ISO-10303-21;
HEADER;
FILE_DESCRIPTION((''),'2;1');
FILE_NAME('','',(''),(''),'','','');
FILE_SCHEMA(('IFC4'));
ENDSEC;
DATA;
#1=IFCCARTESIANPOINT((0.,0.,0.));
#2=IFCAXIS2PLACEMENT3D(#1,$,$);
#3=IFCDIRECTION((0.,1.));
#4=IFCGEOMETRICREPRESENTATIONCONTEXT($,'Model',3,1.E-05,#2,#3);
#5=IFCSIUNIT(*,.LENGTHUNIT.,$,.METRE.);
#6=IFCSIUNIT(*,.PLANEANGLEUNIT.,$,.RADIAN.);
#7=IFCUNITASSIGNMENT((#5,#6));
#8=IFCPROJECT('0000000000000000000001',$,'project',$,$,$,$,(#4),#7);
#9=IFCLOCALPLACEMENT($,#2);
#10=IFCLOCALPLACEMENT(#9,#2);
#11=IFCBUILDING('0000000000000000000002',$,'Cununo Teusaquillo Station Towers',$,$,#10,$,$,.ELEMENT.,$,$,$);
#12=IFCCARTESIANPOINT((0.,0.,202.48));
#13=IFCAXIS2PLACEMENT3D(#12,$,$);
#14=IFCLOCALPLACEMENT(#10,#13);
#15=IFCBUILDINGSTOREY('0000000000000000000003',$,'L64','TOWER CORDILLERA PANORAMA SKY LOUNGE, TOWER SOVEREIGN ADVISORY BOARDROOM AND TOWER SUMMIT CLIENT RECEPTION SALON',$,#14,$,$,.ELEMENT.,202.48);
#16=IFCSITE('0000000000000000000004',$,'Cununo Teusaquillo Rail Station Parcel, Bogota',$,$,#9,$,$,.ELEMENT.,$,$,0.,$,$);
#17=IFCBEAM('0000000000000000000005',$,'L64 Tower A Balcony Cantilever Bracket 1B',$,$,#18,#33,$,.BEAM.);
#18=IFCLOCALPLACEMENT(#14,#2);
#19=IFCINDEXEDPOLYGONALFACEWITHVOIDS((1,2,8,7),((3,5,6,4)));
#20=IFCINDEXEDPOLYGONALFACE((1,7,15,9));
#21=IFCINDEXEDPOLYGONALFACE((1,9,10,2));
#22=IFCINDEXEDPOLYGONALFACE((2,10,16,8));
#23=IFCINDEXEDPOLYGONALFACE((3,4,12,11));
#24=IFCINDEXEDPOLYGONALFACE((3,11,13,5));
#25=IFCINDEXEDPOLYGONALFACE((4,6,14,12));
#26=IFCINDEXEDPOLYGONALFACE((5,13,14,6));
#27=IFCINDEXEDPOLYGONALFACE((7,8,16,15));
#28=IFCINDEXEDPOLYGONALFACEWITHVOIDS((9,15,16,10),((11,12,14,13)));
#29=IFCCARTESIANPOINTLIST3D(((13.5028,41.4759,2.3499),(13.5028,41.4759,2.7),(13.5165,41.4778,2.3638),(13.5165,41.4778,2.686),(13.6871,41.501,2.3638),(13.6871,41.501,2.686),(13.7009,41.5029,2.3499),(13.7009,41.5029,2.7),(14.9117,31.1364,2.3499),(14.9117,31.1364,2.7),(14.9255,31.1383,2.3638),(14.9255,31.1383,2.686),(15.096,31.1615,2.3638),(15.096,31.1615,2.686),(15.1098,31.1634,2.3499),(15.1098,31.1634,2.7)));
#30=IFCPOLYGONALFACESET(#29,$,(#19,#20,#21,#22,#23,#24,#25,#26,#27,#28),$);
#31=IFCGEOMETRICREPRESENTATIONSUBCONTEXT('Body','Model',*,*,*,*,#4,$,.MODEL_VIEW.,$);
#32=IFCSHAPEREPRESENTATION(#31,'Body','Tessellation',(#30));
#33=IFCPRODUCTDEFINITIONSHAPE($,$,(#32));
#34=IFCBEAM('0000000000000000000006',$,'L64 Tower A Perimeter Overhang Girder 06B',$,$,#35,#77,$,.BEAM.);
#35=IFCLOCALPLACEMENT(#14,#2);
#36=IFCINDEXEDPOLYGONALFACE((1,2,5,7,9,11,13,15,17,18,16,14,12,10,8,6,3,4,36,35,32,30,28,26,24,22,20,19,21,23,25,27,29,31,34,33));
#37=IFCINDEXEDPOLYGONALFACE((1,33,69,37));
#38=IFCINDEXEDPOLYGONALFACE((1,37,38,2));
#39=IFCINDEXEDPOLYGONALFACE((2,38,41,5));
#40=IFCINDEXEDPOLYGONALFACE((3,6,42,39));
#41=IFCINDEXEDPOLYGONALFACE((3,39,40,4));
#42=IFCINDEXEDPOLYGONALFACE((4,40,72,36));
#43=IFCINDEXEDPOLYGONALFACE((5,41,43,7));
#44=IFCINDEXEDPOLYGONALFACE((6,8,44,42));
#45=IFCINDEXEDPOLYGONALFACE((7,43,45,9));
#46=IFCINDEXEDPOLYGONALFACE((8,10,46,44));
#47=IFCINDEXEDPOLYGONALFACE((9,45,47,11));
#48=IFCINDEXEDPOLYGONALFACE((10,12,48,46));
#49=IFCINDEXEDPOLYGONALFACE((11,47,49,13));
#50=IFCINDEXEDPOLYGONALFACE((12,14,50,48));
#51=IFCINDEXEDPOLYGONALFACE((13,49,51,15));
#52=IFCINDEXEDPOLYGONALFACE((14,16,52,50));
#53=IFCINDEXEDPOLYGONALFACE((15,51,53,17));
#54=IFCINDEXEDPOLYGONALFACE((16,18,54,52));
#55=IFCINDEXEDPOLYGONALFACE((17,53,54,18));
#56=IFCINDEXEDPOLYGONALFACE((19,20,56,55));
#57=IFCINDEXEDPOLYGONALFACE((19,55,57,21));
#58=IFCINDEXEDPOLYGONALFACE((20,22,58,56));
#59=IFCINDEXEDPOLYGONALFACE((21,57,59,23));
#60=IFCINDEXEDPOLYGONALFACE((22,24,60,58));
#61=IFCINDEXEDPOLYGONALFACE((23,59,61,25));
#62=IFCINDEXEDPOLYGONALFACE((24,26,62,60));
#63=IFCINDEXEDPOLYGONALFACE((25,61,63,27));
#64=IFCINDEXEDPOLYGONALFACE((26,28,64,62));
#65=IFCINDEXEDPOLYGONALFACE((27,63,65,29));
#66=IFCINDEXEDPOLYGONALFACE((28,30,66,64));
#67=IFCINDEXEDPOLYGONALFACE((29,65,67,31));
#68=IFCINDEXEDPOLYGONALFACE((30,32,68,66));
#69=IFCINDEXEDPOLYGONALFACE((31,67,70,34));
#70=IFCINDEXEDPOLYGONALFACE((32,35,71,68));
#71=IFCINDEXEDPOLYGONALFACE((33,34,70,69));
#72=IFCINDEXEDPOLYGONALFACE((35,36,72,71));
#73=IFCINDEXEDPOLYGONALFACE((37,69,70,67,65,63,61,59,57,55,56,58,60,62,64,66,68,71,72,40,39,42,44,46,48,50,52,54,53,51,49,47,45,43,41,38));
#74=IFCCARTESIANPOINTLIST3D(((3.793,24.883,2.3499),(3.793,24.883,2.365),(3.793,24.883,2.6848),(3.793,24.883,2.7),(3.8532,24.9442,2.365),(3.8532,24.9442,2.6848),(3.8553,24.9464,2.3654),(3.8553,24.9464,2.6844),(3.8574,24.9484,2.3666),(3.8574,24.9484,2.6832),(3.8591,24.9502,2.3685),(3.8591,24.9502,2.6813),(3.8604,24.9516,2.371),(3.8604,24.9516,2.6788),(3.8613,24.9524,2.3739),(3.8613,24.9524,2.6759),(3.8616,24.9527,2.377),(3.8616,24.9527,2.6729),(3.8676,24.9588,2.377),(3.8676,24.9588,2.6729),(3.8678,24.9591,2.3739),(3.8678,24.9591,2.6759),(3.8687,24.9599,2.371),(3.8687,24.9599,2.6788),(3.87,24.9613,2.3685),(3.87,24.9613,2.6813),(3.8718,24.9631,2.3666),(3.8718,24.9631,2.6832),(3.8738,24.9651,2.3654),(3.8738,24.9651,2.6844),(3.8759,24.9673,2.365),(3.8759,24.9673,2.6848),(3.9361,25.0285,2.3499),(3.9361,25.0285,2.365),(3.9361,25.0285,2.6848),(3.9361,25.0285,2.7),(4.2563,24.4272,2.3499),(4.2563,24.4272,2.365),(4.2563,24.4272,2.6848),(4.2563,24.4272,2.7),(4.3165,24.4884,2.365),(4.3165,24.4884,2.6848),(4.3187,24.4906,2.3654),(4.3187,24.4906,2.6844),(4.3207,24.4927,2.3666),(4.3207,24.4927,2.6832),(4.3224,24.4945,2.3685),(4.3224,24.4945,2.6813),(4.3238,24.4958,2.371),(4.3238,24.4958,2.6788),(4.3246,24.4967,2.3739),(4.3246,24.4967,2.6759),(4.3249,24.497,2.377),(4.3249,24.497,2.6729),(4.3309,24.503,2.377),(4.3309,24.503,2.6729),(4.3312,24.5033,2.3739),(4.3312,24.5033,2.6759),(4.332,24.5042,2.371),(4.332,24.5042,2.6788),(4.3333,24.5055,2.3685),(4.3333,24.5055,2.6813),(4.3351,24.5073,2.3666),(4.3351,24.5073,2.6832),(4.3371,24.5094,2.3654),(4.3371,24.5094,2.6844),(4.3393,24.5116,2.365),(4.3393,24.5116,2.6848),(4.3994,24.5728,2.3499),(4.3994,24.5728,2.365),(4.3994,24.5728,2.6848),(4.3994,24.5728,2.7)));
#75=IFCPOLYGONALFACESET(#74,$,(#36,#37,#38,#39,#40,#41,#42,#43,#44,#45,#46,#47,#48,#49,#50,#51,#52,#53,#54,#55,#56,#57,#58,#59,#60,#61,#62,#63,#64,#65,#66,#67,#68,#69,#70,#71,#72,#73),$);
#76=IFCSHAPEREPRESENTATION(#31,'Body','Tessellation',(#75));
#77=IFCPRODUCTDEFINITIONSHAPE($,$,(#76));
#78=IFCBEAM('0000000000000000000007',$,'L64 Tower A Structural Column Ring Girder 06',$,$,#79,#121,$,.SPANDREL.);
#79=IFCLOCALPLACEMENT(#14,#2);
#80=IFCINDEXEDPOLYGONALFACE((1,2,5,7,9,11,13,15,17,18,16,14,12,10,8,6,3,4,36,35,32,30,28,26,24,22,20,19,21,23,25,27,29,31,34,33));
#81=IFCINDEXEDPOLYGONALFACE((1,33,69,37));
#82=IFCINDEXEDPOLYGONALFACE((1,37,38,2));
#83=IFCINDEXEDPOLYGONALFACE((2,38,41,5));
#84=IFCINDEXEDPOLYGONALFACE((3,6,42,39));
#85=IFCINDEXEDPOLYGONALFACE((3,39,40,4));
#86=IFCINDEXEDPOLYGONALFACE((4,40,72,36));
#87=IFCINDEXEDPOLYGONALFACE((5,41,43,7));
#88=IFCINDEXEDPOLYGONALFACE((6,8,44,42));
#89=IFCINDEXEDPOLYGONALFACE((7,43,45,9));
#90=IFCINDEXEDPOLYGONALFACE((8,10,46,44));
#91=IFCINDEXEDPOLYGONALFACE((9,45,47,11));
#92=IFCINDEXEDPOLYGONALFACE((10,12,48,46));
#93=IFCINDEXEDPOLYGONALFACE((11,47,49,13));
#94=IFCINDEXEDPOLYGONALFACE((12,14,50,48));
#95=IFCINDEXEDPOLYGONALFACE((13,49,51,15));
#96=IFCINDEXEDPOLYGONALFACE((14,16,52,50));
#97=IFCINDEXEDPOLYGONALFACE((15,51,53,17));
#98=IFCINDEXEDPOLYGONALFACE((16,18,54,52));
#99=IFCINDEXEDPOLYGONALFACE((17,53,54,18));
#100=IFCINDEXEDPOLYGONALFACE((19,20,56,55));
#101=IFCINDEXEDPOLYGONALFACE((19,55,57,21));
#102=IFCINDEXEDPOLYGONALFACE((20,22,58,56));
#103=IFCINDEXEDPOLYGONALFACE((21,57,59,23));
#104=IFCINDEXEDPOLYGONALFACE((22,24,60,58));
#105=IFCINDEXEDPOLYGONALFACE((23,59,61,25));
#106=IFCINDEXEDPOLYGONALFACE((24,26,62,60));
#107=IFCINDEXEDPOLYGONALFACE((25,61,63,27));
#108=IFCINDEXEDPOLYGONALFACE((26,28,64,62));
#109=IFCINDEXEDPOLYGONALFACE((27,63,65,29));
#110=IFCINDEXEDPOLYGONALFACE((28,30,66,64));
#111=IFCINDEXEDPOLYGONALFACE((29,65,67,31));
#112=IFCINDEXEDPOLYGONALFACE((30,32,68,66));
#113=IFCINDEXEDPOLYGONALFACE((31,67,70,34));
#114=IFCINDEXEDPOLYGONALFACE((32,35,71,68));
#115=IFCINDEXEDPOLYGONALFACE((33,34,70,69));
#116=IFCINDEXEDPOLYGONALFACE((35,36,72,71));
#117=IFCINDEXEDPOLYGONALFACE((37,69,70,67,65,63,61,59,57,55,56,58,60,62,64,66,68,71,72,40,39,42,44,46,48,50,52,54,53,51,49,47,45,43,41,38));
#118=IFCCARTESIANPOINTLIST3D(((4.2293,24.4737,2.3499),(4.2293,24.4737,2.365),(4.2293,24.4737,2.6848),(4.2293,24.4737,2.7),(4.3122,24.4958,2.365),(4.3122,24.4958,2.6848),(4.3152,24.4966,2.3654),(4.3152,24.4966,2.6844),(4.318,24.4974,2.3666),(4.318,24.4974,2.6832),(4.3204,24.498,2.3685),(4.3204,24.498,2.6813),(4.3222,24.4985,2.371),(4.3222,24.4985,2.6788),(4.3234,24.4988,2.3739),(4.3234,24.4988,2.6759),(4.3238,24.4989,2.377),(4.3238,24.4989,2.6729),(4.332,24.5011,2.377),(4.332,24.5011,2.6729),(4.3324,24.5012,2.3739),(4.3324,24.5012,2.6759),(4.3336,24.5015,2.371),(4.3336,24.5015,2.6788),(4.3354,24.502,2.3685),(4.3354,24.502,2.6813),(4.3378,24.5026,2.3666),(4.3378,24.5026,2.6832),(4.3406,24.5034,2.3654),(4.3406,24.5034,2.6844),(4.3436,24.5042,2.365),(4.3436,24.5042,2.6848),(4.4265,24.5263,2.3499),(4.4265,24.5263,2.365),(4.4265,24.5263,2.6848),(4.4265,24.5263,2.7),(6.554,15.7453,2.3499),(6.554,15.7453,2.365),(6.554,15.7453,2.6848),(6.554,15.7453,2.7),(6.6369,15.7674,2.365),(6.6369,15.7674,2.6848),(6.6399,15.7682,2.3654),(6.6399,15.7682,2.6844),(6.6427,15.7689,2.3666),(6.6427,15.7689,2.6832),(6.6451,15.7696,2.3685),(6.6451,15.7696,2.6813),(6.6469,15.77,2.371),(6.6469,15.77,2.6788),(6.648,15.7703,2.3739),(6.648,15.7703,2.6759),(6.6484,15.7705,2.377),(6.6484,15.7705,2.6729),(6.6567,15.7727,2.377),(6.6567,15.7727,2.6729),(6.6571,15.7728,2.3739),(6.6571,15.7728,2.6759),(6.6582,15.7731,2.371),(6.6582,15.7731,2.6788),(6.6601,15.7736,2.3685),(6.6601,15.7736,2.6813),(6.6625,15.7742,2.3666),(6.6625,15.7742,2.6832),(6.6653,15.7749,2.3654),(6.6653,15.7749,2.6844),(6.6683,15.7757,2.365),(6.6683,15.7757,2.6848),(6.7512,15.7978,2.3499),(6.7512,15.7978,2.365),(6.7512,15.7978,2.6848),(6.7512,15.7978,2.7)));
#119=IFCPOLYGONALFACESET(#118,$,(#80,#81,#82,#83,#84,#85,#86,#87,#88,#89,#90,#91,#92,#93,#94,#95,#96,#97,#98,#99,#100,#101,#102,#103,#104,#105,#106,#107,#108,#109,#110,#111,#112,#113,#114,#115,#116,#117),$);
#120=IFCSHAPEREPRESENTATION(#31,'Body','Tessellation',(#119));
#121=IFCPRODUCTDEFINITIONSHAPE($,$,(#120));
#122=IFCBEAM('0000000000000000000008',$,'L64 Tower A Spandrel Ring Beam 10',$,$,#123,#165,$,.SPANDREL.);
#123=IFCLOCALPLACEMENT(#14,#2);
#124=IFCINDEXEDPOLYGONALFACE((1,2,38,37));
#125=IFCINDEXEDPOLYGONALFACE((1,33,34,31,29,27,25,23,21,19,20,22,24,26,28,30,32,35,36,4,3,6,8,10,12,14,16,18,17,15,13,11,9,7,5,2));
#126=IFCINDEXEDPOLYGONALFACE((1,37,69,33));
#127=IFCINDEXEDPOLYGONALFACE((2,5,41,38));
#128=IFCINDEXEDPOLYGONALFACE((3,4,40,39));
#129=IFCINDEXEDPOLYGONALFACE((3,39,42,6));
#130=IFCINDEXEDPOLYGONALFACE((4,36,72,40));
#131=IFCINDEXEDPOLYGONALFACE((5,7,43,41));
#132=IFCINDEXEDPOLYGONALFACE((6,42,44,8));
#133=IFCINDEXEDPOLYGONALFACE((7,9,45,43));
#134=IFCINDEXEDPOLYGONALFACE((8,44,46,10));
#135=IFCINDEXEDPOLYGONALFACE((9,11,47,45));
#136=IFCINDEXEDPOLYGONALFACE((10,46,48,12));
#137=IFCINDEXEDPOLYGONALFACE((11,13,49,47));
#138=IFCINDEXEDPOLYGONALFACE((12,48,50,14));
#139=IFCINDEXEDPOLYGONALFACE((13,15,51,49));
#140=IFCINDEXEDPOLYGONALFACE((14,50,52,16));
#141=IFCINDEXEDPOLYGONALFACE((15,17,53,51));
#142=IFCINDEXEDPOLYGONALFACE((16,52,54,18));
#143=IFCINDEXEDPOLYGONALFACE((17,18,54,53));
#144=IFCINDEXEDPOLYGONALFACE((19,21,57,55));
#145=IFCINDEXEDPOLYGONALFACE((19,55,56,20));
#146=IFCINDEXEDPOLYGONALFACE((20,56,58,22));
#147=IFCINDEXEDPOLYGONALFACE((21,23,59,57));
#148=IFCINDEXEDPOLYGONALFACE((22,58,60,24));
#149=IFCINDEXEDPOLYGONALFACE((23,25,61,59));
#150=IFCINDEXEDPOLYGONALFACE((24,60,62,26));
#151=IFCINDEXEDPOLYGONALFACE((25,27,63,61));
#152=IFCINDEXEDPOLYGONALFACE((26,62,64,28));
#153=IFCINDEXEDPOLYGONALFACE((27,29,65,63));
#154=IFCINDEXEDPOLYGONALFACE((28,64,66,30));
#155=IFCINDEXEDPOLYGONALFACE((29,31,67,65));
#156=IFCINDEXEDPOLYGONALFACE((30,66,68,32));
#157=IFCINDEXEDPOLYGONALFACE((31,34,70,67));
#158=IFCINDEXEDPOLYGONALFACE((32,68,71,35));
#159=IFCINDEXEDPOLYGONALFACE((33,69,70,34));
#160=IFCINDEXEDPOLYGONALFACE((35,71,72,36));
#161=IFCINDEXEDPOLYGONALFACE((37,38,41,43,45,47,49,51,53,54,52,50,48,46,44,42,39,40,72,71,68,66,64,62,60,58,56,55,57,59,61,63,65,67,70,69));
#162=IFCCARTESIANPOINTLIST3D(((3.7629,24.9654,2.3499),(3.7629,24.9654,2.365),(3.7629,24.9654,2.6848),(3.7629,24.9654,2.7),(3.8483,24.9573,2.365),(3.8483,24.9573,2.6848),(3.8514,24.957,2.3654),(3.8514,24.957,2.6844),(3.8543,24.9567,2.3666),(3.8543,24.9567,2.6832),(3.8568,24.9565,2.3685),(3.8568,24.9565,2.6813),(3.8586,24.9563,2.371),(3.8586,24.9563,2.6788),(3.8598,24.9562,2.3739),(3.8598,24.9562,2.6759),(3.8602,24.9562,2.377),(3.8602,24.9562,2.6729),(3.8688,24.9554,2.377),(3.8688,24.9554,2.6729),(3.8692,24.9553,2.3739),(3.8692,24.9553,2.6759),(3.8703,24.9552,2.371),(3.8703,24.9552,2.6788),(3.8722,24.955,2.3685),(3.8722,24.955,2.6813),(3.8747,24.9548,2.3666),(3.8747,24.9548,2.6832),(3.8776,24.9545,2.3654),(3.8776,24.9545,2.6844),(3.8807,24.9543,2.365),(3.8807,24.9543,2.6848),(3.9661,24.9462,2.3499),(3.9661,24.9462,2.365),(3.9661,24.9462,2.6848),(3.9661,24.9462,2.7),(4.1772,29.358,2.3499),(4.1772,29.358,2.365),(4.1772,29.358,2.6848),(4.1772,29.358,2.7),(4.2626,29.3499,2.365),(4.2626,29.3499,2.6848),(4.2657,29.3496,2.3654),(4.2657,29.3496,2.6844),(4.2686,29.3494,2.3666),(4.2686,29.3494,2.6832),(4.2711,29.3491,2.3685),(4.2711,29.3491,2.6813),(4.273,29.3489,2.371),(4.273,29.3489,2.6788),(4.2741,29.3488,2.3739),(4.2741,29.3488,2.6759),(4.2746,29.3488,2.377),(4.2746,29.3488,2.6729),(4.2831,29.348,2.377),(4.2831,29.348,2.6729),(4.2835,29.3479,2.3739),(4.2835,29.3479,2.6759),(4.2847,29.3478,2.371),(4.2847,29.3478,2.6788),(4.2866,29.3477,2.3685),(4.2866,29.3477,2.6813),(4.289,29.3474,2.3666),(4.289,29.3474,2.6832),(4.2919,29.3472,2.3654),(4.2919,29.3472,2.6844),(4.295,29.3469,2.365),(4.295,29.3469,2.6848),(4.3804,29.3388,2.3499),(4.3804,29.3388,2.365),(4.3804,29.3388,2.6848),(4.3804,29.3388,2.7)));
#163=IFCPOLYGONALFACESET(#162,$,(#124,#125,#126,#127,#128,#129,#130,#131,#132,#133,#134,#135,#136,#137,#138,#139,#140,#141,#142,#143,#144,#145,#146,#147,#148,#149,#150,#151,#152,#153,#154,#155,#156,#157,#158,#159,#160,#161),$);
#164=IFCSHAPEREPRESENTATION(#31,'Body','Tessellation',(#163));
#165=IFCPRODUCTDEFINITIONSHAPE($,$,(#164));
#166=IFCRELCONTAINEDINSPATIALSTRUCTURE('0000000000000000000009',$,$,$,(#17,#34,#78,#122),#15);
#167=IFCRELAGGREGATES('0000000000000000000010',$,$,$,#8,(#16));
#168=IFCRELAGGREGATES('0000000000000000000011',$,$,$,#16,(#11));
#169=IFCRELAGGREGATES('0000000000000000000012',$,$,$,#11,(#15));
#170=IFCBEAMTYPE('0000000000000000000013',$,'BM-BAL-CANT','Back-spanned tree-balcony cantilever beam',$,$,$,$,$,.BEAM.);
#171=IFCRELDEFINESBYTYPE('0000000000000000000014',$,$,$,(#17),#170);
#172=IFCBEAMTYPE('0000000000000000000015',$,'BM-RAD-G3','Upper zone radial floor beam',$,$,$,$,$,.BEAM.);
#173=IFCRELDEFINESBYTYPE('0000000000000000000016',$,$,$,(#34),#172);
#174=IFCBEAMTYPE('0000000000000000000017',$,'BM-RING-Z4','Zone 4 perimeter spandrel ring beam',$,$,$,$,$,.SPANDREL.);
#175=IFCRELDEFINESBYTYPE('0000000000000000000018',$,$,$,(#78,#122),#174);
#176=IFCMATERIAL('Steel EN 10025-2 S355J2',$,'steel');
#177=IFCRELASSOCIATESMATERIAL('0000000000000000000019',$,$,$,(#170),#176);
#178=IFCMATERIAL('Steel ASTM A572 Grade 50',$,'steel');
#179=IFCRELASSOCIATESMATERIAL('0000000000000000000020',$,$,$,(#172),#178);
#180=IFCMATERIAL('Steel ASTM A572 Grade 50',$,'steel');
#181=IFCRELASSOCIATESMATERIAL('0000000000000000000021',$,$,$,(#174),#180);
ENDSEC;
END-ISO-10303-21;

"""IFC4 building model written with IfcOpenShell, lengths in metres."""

from ifc_helpers import new_model, si_unit, direction, frame, origin, origin_2d, place, context, subcontext, project, spatial, hollow_rectangle, i_section, extrude, material, material_profile, profile_set, type_object, element, save


model = new_model("IFC4")

# Units and contexts
model_context = context("Model", 3, precision=1e-05, world=origin(), true_north=direction((0.0, 1.0)))
body_context = subcontext(model_context, "Body", "Model", "MODEL_VIEW")
ifc_project = project(units=[si_unit("LENGTHUNIT", "METRE"), si_unit("PLANEANGLEUNIT", "RADIAN")], contexts=[model_context])

# Site, building, storey
site_placement = place(None, origin())
site = spatial("IfcSite", under=ifc_project, at=site_placement, Name="Cununo Teusaquillo Rail Station Parcel, Bogota", CompositionType="ELEMENT", RefElevation=0.0)
building_placement = place(site_placement, origin())
building = spatial("IfcBuilding", under=site, at=building_placement, Name="Cununo Teusaquillo Station Towers", CompositionType="ELEMENT")
storey_placement = place(building_placement, frame((0.0, 0.0, 202.48)))
storey = spatial("IfcBuildingStorey", under=building, at=storey_placement, Name="L64", Description="TOWER CORDILLERA PANORAMA SKY LOUNGE, TOWER SOVEREIGN ADVISORY BOARDROOM AND TOWER SUMMIT CLIENT RECEPTION SALON", CompositionType="ELEMENT", Elevation=202.48)

# Beams
ifc_material_1 = material(Name="Steel EN 10025-2 S355J2", Category="steel")
ifc_material_profile_1 = material_profile(ifc_material_1, hollow_rectangle(XDim=0.2, YDim=0.3501, WallThickness=0.0139, at=origin_2d()), Name="RHS 350x200x14")
ifc_profile_set_1 = profile_set([ifc_material_profile_1], Name="Steel EN 10025-2 S355J2")
beam_type_1 = type_object("IfcBeamType", Name="BM-BAL-CANT", Description="Back-spanned tree-balcony cantilever beam", PredefinedType="BEAM", material=ifc_profile_set_1)
beam_1_placement = place(storey_placement, frame((15.0107, 31.1499, 2.5249), z_axis=(-0.135018, 0.990843, 0.0), x_axis=(-0.990843, -0.135018, 0.0)))
element("IfcBeam", 1, at=beam_1_placement, inside=storey, type_object=beam_type_1, Name="L64 Tower A Balcony Cantilever Bracket 1B", PredefinedType="BEAM", context=body_context, shape_type="SweptSolid", body=[
    extrude(hollow_rectangle(XDim=0.2, YDim=0.3501, WallThickness=0.0139, at=origin_2d()), origin(), (0.0, 0.0, 1.0), 10.4351),
])
ifc_material_2 = material(Name="Steel ASTM A572 Grade 50", Category="steel")
ifc_material_profile_2 = material_profile(ifc_material_2, i_section(OverallWidth=0.2041, OverallDepth=0.3501, WebThickness=0.0085, FlangeThickness=0.0151, FilletRadius=0.012, at=origin_2d()), Name="W14X48")
ifc_profile_set_2 = profile_set([ifc_material_profile_2], Name="Steel ASTM A572 Grade 50")
beam_type_2 = type_object("IfcBeamType", Name="BM-RAD-G3", Description="Upper zone radial floor beam", PredefinedType="BEAM", material=ifc_profile_set_2)
beam_2_placement = place(storey_placement, frame((4.3279, 24.5, 2.5249), z_axis=(-0.712905, 0.701261, 0.0), x_axis=(-0.701261, -0.712905, 0.0)))
element("IfcBeam", 2, at=beam_2_placement, inside=storey, type_object=beam_type_2, Name="L64 Tower A Perimeter Overhang Girder 06B", PredefinedType="BEAM", context=body_context, shape_type="SweptSolid", body=[
    extrude(i_section(OverallWidth=0.2041, OverallDepth=0.3501, WebThickness=0.0085, FlangeThickness=0.0151, FilletRadius=0.012, at=origin_2d()), origin(), (0.0, 0.0, 1.0), 0.6499),
])
ifc_material_3 = material(Name="Steel ASTM A572 Grade 50", Category="steel")
ifc_material_profile_3 = material_profile(ifc_material_3, i_section(OverallWidth=0.2041, OverallDepth=0.3501, WebThickness=0.0085, FlangeThickness=0.0151, FilletRadius=0.012, at=origin_2d()), Name="W14X48")
ifc_profile_set_3 = profile_set([ifc_material_profile_3], Name="Steel ASTM A572 Grade 50")
beam_type_3 = type_object("IfcBeamType", Name="BM-RING-Z4", Description="Zone 4 perimeter spandrel ring beam", PredefinedType="SPANDREL", material=ifc_profile_set_3)
beam_3_placement = place(storey_placement, frame((4.3279, 24.5, 2.5249), z_axis=(0.257363, -0.966315, 0.0), x_axis=(0.966315, 0.257363, 0.0)))
element("IfcBeam", 3, at=beam_3_placement, inside=storey, type_object=beam_type_3, Name="L64 Tower A Structural Column Ring Girder 06", PredefinedType="SPANDREL", context=body_context, shape_type="SweptSolid", body=[
    extrude(i_section(OverallWidth=0.2041, OverallDepth=0.3501, WebThickness=0.0085, FlangeThickness=0.0151, FilletRadius=0.012, at=origin_2d()), origin(), (0.0, 0.0, 1.0), 9.0327),
])
beam_4_placement = place(storey_placement, frame((4.2788, 29.3484, 2.5249), z_axis=(-0.093903, -0.995581, 0.0), x_axis=(0.995581, -0.093903, 0.0)))
element("IfcBeam", 4, at=beam_4_placement, inside=storey, type_object=beam_type_3, Name="L64 Tower A Spandrel Ring Beam 10", PredefinedType="SPANDREL", context=body_context, shape_type="SweptSolid", body=[
    extrude(i_section(OverallWidth=0.2041, OverallDepth=0.3501, WebThickness=0.0085, FlangeThickness=0.0151, FilletRadius=0.012, at=origin_2d()), origin(), (0.0, 0.0, 1.0), 4.4121),
])

save(model, "model.ifc")
